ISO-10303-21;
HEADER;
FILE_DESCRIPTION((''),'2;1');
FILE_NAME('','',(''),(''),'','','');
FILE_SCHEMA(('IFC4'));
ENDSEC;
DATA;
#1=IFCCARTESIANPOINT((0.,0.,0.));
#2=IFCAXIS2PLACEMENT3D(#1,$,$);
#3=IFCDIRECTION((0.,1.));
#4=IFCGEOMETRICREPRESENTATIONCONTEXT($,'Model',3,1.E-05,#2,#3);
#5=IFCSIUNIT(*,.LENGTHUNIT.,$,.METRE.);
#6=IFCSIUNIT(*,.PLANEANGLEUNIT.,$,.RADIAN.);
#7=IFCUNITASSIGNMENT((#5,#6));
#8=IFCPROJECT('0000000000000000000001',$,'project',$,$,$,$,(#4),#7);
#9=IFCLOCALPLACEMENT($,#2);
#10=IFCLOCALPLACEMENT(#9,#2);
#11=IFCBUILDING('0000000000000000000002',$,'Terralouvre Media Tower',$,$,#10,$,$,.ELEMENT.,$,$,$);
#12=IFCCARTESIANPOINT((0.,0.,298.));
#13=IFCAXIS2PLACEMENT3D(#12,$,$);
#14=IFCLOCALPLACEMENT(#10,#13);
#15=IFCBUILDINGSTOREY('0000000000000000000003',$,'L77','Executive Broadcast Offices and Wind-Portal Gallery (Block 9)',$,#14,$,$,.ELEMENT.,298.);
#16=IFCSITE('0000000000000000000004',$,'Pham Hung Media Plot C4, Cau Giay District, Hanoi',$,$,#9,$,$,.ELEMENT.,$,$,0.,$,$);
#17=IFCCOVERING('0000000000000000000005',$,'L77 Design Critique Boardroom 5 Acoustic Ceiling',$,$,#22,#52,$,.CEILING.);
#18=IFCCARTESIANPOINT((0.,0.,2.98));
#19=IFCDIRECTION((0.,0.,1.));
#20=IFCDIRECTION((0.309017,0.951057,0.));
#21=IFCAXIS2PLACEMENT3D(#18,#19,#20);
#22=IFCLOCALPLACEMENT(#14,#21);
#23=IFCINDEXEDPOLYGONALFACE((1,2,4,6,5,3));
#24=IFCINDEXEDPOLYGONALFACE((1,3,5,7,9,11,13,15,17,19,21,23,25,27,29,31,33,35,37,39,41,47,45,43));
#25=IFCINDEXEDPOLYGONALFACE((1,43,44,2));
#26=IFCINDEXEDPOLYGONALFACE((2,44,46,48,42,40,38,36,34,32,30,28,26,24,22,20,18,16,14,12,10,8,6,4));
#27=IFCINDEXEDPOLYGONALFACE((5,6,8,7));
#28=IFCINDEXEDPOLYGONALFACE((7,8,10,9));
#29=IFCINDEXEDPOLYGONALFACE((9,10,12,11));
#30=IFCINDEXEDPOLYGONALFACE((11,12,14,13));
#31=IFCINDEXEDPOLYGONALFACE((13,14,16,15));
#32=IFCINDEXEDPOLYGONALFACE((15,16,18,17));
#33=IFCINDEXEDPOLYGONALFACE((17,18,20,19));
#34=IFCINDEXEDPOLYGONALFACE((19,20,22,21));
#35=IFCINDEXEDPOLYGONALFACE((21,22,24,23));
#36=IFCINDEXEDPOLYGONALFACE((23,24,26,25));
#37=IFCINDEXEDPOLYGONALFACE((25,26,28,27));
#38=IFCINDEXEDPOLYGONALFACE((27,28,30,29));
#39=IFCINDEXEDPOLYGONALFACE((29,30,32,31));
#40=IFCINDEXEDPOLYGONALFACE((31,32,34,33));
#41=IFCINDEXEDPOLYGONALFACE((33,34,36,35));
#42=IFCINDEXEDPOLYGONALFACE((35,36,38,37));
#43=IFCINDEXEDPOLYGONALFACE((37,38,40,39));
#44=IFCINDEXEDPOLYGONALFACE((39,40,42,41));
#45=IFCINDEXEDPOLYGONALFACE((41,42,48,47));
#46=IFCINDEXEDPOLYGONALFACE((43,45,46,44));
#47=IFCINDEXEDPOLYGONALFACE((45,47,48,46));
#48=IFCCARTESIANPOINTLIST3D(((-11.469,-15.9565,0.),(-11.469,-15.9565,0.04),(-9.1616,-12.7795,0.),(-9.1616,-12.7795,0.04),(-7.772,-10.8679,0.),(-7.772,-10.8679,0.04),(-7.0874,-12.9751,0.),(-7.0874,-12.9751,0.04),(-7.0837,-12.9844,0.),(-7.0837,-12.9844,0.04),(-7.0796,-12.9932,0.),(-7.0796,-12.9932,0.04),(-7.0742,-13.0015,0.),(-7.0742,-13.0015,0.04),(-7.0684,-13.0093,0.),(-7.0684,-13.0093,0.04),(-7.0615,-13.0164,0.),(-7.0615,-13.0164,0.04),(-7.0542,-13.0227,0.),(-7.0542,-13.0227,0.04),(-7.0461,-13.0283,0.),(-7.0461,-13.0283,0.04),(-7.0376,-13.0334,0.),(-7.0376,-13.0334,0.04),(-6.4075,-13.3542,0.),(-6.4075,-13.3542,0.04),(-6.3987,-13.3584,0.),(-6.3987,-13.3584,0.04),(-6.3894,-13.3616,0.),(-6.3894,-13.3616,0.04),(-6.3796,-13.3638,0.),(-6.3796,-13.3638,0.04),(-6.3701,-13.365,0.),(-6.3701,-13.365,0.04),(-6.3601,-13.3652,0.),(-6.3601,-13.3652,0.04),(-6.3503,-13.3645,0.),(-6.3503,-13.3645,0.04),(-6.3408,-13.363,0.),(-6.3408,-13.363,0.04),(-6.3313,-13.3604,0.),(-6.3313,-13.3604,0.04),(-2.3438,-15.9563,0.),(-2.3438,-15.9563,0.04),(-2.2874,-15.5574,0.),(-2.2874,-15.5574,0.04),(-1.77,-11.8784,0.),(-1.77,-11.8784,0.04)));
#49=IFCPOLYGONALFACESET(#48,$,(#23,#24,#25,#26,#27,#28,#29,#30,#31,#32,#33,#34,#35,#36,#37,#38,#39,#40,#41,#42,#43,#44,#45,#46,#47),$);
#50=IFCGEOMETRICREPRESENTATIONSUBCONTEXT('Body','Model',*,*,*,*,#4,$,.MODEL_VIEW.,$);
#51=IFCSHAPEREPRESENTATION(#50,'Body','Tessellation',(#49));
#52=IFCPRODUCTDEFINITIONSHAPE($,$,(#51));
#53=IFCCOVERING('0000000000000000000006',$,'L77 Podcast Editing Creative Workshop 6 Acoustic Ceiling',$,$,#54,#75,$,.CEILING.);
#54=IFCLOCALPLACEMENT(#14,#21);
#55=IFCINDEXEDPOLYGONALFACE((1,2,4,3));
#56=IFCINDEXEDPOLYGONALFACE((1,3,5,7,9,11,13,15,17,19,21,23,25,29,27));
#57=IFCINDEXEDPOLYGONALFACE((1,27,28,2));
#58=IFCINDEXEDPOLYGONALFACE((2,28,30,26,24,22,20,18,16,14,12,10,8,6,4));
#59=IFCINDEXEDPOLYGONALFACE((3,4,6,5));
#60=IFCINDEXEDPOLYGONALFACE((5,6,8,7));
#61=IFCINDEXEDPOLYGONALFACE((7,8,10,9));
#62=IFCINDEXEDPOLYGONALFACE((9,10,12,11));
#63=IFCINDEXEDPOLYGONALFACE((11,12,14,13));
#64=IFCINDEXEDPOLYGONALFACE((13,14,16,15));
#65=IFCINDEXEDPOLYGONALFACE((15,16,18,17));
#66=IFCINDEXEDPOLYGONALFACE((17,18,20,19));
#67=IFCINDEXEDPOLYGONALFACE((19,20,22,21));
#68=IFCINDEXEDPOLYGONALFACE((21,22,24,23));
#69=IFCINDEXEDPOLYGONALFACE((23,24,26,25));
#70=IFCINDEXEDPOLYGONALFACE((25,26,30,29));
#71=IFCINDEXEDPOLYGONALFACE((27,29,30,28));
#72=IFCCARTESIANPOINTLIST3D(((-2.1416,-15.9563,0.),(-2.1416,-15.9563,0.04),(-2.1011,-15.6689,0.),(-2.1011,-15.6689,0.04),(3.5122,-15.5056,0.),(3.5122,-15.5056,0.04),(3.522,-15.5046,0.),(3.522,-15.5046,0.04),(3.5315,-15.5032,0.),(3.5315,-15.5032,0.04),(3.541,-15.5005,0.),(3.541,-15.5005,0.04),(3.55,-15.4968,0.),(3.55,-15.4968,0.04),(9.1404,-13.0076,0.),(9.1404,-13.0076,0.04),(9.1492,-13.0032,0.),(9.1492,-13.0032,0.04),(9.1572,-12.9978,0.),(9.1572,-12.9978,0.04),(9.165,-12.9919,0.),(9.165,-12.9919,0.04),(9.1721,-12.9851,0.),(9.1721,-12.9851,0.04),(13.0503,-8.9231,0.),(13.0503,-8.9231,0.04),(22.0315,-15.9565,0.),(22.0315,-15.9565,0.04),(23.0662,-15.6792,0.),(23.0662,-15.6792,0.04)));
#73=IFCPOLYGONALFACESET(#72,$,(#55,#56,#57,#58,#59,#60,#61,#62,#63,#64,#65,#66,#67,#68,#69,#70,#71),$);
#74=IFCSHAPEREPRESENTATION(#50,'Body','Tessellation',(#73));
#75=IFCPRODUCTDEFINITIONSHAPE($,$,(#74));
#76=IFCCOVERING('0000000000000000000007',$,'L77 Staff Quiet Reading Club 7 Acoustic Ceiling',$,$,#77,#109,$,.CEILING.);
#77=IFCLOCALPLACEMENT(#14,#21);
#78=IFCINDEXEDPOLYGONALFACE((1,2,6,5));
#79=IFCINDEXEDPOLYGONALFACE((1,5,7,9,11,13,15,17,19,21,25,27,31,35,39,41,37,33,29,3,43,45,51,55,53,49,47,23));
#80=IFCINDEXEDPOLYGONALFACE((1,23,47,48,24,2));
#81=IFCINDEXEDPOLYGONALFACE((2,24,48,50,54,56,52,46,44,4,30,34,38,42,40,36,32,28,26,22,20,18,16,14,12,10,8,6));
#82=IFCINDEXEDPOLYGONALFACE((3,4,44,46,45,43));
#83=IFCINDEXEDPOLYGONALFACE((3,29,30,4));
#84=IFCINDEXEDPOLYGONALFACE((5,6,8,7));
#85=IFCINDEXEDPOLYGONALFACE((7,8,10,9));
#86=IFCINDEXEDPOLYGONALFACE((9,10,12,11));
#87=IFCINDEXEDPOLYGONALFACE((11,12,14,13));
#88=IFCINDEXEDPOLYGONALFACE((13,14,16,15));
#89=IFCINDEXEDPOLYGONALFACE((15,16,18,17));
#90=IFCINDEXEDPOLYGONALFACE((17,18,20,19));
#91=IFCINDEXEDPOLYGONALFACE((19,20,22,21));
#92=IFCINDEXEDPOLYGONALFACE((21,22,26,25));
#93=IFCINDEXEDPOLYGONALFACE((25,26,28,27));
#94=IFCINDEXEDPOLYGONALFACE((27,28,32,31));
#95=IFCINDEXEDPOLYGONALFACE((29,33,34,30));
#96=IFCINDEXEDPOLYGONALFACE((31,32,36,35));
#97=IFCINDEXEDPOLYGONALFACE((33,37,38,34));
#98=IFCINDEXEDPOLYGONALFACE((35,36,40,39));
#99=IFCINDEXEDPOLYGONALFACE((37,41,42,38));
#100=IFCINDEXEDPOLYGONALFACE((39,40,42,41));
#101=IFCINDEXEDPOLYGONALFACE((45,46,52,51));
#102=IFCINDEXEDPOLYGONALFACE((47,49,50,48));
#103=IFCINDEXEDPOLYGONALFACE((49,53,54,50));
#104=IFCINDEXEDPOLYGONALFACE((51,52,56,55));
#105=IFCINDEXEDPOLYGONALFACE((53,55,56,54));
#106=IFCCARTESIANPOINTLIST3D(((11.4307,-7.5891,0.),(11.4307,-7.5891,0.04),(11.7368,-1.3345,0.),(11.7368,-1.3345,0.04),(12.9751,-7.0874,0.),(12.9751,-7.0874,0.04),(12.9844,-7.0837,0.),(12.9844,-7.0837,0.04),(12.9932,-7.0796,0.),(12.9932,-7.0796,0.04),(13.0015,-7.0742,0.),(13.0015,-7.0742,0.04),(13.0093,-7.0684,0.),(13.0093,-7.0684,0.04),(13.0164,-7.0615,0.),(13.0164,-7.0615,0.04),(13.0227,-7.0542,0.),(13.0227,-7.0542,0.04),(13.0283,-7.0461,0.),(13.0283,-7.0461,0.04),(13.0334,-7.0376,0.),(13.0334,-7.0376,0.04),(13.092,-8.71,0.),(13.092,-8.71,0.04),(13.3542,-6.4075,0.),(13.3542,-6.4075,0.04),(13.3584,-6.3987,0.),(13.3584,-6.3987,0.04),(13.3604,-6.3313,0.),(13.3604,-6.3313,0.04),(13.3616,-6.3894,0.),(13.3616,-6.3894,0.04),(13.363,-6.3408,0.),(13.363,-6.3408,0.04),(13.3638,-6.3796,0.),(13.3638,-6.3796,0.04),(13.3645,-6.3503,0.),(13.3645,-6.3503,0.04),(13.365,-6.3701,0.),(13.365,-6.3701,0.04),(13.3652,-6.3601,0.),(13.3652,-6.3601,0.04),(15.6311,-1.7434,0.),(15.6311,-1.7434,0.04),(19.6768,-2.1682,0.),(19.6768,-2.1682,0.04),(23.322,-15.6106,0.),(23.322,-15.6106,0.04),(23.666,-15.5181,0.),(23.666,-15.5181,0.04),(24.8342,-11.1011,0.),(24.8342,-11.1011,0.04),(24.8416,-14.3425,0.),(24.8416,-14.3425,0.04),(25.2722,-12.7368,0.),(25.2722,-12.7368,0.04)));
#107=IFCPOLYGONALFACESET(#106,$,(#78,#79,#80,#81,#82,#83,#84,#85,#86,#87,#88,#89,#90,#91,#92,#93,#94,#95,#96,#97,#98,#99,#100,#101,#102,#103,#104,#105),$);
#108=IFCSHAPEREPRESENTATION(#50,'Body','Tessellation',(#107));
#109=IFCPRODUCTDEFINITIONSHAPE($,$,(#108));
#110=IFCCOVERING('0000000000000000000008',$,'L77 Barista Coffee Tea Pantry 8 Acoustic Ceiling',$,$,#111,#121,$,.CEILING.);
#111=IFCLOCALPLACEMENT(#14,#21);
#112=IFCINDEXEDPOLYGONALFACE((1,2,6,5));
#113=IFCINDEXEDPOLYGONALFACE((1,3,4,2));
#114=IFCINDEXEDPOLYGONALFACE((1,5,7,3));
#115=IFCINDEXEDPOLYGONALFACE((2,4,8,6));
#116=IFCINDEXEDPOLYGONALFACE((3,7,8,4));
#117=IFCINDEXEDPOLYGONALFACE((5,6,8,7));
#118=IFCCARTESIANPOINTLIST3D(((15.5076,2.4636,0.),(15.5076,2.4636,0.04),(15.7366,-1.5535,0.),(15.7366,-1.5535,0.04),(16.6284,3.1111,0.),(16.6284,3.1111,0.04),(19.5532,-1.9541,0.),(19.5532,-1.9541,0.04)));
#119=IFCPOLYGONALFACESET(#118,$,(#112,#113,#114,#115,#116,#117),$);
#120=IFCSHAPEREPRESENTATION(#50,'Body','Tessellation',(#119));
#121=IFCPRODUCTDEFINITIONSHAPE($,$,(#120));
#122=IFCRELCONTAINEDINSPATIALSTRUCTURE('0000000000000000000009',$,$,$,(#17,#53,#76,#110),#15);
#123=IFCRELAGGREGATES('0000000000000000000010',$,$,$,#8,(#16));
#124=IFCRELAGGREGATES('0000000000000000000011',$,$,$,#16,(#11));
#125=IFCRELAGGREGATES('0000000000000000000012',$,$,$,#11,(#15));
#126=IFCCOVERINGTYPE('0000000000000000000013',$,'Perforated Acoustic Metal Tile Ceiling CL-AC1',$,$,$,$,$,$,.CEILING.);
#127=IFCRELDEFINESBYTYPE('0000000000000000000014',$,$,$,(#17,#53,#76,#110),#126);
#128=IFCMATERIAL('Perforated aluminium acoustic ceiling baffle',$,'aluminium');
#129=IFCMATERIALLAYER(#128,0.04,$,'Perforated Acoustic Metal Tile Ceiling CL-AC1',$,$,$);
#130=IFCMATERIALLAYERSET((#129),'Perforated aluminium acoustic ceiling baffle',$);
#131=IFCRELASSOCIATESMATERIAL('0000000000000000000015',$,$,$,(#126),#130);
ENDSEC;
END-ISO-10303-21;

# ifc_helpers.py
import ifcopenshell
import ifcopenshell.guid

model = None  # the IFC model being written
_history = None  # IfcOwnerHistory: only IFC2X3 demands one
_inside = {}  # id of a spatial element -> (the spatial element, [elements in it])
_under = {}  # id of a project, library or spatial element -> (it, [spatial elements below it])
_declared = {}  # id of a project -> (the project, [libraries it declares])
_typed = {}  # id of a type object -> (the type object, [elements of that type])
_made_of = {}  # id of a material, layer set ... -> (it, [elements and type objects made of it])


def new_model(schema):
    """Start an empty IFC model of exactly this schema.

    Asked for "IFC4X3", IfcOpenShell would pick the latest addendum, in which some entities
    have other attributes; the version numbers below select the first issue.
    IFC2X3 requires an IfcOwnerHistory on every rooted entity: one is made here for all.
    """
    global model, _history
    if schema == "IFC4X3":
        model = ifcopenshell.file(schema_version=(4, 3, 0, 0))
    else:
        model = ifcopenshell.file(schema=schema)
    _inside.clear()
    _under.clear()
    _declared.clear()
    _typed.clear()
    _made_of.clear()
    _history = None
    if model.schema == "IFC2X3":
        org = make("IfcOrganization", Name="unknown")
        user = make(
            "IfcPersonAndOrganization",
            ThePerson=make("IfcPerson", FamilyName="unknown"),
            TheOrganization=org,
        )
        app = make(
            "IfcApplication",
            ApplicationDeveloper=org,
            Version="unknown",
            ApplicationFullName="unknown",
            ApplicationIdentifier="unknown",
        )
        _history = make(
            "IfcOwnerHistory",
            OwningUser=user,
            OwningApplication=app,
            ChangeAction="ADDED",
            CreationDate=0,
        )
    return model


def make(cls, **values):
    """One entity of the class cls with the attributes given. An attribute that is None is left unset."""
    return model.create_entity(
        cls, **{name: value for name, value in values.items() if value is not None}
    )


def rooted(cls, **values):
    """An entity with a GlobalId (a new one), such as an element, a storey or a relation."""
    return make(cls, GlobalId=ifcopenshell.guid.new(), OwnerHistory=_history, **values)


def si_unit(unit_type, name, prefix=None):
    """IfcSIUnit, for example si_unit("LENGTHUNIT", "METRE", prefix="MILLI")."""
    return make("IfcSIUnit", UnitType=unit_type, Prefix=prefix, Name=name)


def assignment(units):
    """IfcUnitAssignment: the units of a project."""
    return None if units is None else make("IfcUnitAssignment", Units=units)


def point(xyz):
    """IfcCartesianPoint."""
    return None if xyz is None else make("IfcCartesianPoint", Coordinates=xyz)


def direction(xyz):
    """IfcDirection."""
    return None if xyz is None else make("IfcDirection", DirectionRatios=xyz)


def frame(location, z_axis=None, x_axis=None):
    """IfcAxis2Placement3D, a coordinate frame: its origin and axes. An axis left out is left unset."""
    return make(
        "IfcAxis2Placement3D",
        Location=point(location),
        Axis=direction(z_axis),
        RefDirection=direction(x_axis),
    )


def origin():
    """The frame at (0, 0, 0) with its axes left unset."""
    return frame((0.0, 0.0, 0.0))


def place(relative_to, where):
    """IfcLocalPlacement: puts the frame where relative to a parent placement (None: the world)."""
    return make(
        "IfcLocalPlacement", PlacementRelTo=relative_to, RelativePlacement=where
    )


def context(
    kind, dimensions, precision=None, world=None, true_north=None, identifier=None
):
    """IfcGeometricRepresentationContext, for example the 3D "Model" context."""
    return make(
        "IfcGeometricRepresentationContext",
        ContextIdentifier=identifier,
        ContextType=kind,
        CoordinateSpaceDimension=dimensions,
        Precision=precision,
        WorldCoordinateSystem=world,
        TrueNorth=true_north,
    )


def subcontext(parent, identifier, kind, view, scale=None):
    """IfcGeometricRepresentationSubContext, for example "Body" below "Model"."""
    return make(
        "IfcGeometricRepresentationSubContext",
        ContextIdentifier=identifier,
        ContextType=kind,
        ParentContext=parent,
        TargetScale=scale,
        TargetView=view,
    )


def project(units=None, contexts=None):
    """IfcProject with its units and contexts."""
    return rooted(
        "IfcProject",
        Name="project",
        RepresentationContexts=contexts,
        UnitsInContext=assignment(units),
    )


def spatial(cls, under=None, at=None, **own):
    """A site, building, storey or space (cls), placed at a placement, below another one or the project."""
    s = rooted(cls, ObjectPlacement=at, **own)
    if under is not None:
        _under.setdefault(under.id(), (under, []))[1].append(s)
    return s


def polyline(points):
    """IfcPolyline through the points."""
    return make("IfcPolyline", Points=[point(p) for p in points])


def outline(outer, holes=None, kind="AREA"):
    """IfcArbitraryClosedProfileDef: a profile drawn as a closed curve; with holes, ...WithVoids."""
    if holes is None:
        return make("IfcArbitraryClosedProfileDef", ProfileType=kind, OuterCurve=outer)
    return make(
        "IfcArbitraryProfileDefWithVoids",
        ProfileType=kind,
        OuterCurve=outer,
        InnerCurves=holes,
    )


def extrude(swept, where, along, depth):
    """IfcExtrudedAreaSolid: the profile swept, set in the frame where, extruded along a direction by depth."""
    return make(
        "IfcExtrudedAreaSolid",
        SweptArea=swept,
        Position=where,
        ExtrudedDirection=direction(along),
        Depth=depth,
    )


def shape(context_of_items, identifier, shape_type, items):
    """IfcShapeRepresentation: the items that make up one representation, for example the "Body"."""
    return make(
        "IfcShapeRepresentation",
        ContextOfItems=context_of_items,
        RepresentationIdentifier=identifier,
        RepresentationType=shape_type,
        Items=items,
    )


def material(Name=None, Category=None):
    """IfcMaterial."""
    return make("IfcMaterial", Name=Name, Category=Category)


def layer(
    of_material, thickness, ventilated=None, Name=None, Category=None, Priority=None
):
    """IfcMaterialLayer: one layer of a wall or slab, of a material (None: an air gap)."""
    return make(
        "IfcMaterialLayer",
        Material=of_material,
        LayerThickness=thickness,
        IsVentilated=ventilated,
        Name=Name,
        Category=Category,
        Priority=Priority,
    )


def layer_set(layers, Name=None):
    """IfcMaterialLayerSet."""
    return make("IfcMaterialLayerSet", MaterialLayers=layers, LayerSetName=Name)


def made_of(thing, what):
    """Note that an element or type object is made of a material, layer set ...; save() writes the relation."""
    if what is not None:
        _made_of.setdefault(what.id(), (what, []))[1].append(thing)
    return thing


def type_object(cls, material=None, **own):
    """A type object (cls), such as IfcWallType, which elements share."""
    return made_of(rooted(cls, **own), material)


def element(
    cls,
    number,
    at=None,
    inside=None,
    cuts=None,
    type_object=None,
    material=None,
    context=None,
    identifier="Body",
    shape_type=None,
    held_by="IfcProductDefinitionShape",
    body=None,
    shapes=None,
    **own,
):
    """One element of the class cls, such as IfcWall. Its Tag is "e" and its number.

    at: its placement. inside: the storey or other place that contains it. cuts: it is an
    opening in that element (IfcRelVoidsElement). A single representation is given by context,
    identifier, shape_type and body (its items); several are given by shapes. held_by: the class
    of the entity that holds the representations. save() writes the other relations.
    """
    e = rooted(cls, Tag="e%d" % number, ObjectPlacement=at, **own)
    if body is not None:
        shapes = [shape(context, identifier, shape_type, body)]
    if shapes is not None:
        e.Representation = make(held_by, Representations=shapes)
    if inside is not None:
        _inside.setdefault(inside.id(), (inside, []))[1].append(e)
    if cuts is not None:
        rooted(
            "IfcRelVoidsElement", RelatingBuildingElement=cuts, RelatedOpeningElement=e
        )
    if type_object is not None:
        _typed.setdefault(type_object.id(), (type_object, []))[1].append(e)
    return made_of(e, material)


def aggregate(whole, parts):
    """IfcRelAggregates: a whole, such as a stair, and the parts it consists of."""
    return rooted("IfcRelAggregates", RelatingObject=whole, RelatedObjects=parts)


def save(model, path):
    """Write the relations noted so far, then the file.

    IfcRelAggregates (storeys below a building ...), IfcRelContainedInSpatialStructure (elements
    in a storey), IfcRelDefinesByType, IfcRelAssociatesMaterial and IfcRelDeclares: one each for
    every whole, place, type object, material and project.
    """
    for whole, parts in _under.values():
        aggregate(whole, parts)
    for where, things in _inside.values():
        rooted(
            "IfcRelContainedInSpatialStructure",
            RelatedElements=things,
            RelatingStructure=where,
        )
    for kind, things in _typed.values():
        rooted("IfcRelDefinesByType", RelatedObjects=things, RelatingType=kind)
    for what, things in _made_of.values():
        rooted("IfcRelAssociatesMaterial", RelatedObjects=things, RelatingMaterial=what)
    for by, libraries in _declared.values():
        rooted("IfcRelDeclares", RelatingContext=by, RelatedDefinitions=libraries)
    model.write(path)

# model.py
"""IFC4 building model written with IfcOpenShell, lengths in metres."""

from ifc_helpers import new_model, si_unit, direction, frame, origin, place, context, subcontext, project, spatial, polyline, outline, extrude, material, layer, layer_set, type_object, element, save


model = new_model("IFC4")

# Units and contexts
model_context = context("Model", 3, precision=1e-05, world=origin(), true_north=direction((0.0, 1.0)))
body_context = subcontext(model_context, "Body", "Model", "MODEL_VIEW")
ifc_project = project(units=[si_unit("LENGTHUNIT", "METRE"), si_unit("PLANEANGLEUNIT", "RADIAN")], contexts=[model_context])

# Site, building, storey
site_placement = place(None, origin())
site = spatial("IfcSite", under=ifc_project, at=site_placement, Name="Pham Hung Media Plot C4, Cau Giay District, Hanoi", CompositionType="ELEMENT", RefElevation=0.0)
building_placement = place(site_placement, origin())
building = spatial("IfcBuilding", under=site, at=building_placement, Name="Terralouvre Media Tower", CompositionType="ELEMENT")
storey_placement = place(building_placement, frame((0.0, 0.0, 298.0)))
storey = spatial("IfcBuildingStorey", under=building, at=storey_placement, Name="L77", Description="Executive Broadcast Offices and Wind-Portal Gallery (Block 9)", CompositionType="ELEMENT", Elevation=298.0)

# Coverings
ifc_material_1 = material(Name="Perforated aluminium acoustic ceiling baffle", Category="aluminium")
ifc_layer_1 = layer(ifc_material_1, 0.04, Name="Perforated Acoustic Metal Tile Ceiling CL-AC1")
ifc_layer_set_1 = layer_set([ifc_layer_1], Name="Perforated aluminium acoustic ceiling baffle")
covering_type_1 = type_object("IfcCoveringType", Name="Perforated Acoustic Metal Tile Ceiling CL-AC1", PredefinedType="CEILING", material=ifc_layer_set_1)
covering_1_placement = place(storey_placement, frame((0.0, 0.0, 2.98), z_axis=(0.0, 0.0, 1.0), x_axis=(0.309017, 0.951057, 0.0)))
element("IfcCovering", 1, at=covering_1_placement, inside=storey, type_object=covering_type_1, Name="L77 Design Critique Boardroom 5 Acoustic Ceiling", PredefinedType="CEILING", context=body_context, shape_type="SweptSolid", body=[
    extrude(outline(polyline([(-1.77, -11.8784), (-6.3313, -13.3604), (-6.3408, -13.363), (-6.3503, -13.3645), (-6.3601, -13.3652), (-6.3701, -13.365), (-6.3796, -13.3638), (-6.3894, -13.3616), (-6.3987, -13.3584), (-6.4075, -13.3542), (-7.0376, -13.0334), (-7.0461, -13.0283), (-7.0542, -13.0227), (-7.0615, -13.0164), (-7.0684, -13.0093), (-7.0742, -13.0015), (-7.0796, -12.9932), (-7.0837, -12.9844), (-7.0874, -12.9751), (-7.772, -10.8679), (-9.1616, -12.7795), (-11.469, -15.9565), (-2.3438, -15.9563), (-2.2874, -15.5574), (-1.77, -11.8784)])), origin(), (0.0, 0.0, 1.0), 0.04),
])
covering_2_placement = place(storey_placement, frame((0.0, 0.0, 2.98), z_axis=(0.0, 0.0, 1.0), x_axis=(0.309017, 0.951057, 0.0)))
element("IfcCovering", 2, at=covering_2_placement, inside=storey, type_object=covering_type_1, Name="L77 Podcast Editing Creative Workshop 6 Acoustic Ceiling", PredefinedType="CEILING", context=body_context, shape_type="SweptSolid", body=[
    extrude(outline(polyline([(9.1721, -12.9851), (9.165, -12.9919), (9.1572, -12.9978), (9.1492, -13.0032), (9.1404, -13.0076), (3.55, -15.4968), (3.541, -15.5005), (3.5315, -15.5032), (3.522, -15.5046), (3.5122, -15.5056), (-2.1011, -15.6689), (-2.1416, -15.9563), (22.0315, -15.9565), (23.0662, -15.6792), (13.0503, -8.9231), (9.1721, -12.9851)])), origin(), (0.0, 0.0, 1.0), 0.04),
])
covering_3_placement = place(storey_placement, frame((0.0, 0.0, 2.98), z_axis=(0.0, 0.0, 1.0), x_axis=(0.309017, 0.951057, 0.0)))
element("IfcCovering", 3, at=covering_3_placement, inside=storey, type_object=covering_type_1, Name="L77 Staff Quiet Reading Club 7 Acoustic Ceiling", PredefinedType="CEILING", context=body_context, shape_type="SweptSolid", body=[
    extrude(outline(polyline([(19.6768, -2.1682), (15.6311, -1.7434), (11.7368, -1.3345), (13.3604, -6.3313), (13.363, -6.3408), (13.3645, -6.3503), (13.3652, -6.3601), (13.365, -6.3701), (13.3638, -6.3796), (13.3616, -6.3894), (13.3584, -6.3987), (13.3542, -6.4075), (13.0334, -7.0376), (13.0283, -7.0461), (13.0227, -7.0542), (13.0164, -7.0615), (13.0093, -7.0684), (13.0015, -7.0742), (12.9932, -7.0796), (12.9844, -7.0837), (12.9751, -7.0874), (11.4307, -7.5891), (13.092, -8.71), (23.322, -15.6106), (23.666, -15.5181), (24.8416, -14.3425), (25.2722, -12.7368), (24.8342, -11.1011), (19.6768, -2.1682)])), origin(), (0.0, 0.0, 1.0), 0.04),
])
covering_4_placement = place(storey_placement, frame((0.0, 0.0, 2.98), z_axis=(0.0, 0.0, 1.0), x_axis=(0.309017, 0.951057, 0.0)))
element("IfcCovering", 4, at=covering_4_placement, inside=storey, type_object=covering_type_1, Name="L77 Barista Coffee Tea Pantry 8 Acoustic Ceiling", PredefinedType="CEILING", context=body_context, shape_type="SweptSolid", body=[
    extrude(outline(polyline([(19.5532, -1.9541), (16.6284, 3.1111), (15.5076, 2.4636), (15.7366, -1.5535), (19.5532, -1.9541)])), origin(), (0.0, 0.0, 1.0), 0.04),
])

save(model, "model.ifc")
